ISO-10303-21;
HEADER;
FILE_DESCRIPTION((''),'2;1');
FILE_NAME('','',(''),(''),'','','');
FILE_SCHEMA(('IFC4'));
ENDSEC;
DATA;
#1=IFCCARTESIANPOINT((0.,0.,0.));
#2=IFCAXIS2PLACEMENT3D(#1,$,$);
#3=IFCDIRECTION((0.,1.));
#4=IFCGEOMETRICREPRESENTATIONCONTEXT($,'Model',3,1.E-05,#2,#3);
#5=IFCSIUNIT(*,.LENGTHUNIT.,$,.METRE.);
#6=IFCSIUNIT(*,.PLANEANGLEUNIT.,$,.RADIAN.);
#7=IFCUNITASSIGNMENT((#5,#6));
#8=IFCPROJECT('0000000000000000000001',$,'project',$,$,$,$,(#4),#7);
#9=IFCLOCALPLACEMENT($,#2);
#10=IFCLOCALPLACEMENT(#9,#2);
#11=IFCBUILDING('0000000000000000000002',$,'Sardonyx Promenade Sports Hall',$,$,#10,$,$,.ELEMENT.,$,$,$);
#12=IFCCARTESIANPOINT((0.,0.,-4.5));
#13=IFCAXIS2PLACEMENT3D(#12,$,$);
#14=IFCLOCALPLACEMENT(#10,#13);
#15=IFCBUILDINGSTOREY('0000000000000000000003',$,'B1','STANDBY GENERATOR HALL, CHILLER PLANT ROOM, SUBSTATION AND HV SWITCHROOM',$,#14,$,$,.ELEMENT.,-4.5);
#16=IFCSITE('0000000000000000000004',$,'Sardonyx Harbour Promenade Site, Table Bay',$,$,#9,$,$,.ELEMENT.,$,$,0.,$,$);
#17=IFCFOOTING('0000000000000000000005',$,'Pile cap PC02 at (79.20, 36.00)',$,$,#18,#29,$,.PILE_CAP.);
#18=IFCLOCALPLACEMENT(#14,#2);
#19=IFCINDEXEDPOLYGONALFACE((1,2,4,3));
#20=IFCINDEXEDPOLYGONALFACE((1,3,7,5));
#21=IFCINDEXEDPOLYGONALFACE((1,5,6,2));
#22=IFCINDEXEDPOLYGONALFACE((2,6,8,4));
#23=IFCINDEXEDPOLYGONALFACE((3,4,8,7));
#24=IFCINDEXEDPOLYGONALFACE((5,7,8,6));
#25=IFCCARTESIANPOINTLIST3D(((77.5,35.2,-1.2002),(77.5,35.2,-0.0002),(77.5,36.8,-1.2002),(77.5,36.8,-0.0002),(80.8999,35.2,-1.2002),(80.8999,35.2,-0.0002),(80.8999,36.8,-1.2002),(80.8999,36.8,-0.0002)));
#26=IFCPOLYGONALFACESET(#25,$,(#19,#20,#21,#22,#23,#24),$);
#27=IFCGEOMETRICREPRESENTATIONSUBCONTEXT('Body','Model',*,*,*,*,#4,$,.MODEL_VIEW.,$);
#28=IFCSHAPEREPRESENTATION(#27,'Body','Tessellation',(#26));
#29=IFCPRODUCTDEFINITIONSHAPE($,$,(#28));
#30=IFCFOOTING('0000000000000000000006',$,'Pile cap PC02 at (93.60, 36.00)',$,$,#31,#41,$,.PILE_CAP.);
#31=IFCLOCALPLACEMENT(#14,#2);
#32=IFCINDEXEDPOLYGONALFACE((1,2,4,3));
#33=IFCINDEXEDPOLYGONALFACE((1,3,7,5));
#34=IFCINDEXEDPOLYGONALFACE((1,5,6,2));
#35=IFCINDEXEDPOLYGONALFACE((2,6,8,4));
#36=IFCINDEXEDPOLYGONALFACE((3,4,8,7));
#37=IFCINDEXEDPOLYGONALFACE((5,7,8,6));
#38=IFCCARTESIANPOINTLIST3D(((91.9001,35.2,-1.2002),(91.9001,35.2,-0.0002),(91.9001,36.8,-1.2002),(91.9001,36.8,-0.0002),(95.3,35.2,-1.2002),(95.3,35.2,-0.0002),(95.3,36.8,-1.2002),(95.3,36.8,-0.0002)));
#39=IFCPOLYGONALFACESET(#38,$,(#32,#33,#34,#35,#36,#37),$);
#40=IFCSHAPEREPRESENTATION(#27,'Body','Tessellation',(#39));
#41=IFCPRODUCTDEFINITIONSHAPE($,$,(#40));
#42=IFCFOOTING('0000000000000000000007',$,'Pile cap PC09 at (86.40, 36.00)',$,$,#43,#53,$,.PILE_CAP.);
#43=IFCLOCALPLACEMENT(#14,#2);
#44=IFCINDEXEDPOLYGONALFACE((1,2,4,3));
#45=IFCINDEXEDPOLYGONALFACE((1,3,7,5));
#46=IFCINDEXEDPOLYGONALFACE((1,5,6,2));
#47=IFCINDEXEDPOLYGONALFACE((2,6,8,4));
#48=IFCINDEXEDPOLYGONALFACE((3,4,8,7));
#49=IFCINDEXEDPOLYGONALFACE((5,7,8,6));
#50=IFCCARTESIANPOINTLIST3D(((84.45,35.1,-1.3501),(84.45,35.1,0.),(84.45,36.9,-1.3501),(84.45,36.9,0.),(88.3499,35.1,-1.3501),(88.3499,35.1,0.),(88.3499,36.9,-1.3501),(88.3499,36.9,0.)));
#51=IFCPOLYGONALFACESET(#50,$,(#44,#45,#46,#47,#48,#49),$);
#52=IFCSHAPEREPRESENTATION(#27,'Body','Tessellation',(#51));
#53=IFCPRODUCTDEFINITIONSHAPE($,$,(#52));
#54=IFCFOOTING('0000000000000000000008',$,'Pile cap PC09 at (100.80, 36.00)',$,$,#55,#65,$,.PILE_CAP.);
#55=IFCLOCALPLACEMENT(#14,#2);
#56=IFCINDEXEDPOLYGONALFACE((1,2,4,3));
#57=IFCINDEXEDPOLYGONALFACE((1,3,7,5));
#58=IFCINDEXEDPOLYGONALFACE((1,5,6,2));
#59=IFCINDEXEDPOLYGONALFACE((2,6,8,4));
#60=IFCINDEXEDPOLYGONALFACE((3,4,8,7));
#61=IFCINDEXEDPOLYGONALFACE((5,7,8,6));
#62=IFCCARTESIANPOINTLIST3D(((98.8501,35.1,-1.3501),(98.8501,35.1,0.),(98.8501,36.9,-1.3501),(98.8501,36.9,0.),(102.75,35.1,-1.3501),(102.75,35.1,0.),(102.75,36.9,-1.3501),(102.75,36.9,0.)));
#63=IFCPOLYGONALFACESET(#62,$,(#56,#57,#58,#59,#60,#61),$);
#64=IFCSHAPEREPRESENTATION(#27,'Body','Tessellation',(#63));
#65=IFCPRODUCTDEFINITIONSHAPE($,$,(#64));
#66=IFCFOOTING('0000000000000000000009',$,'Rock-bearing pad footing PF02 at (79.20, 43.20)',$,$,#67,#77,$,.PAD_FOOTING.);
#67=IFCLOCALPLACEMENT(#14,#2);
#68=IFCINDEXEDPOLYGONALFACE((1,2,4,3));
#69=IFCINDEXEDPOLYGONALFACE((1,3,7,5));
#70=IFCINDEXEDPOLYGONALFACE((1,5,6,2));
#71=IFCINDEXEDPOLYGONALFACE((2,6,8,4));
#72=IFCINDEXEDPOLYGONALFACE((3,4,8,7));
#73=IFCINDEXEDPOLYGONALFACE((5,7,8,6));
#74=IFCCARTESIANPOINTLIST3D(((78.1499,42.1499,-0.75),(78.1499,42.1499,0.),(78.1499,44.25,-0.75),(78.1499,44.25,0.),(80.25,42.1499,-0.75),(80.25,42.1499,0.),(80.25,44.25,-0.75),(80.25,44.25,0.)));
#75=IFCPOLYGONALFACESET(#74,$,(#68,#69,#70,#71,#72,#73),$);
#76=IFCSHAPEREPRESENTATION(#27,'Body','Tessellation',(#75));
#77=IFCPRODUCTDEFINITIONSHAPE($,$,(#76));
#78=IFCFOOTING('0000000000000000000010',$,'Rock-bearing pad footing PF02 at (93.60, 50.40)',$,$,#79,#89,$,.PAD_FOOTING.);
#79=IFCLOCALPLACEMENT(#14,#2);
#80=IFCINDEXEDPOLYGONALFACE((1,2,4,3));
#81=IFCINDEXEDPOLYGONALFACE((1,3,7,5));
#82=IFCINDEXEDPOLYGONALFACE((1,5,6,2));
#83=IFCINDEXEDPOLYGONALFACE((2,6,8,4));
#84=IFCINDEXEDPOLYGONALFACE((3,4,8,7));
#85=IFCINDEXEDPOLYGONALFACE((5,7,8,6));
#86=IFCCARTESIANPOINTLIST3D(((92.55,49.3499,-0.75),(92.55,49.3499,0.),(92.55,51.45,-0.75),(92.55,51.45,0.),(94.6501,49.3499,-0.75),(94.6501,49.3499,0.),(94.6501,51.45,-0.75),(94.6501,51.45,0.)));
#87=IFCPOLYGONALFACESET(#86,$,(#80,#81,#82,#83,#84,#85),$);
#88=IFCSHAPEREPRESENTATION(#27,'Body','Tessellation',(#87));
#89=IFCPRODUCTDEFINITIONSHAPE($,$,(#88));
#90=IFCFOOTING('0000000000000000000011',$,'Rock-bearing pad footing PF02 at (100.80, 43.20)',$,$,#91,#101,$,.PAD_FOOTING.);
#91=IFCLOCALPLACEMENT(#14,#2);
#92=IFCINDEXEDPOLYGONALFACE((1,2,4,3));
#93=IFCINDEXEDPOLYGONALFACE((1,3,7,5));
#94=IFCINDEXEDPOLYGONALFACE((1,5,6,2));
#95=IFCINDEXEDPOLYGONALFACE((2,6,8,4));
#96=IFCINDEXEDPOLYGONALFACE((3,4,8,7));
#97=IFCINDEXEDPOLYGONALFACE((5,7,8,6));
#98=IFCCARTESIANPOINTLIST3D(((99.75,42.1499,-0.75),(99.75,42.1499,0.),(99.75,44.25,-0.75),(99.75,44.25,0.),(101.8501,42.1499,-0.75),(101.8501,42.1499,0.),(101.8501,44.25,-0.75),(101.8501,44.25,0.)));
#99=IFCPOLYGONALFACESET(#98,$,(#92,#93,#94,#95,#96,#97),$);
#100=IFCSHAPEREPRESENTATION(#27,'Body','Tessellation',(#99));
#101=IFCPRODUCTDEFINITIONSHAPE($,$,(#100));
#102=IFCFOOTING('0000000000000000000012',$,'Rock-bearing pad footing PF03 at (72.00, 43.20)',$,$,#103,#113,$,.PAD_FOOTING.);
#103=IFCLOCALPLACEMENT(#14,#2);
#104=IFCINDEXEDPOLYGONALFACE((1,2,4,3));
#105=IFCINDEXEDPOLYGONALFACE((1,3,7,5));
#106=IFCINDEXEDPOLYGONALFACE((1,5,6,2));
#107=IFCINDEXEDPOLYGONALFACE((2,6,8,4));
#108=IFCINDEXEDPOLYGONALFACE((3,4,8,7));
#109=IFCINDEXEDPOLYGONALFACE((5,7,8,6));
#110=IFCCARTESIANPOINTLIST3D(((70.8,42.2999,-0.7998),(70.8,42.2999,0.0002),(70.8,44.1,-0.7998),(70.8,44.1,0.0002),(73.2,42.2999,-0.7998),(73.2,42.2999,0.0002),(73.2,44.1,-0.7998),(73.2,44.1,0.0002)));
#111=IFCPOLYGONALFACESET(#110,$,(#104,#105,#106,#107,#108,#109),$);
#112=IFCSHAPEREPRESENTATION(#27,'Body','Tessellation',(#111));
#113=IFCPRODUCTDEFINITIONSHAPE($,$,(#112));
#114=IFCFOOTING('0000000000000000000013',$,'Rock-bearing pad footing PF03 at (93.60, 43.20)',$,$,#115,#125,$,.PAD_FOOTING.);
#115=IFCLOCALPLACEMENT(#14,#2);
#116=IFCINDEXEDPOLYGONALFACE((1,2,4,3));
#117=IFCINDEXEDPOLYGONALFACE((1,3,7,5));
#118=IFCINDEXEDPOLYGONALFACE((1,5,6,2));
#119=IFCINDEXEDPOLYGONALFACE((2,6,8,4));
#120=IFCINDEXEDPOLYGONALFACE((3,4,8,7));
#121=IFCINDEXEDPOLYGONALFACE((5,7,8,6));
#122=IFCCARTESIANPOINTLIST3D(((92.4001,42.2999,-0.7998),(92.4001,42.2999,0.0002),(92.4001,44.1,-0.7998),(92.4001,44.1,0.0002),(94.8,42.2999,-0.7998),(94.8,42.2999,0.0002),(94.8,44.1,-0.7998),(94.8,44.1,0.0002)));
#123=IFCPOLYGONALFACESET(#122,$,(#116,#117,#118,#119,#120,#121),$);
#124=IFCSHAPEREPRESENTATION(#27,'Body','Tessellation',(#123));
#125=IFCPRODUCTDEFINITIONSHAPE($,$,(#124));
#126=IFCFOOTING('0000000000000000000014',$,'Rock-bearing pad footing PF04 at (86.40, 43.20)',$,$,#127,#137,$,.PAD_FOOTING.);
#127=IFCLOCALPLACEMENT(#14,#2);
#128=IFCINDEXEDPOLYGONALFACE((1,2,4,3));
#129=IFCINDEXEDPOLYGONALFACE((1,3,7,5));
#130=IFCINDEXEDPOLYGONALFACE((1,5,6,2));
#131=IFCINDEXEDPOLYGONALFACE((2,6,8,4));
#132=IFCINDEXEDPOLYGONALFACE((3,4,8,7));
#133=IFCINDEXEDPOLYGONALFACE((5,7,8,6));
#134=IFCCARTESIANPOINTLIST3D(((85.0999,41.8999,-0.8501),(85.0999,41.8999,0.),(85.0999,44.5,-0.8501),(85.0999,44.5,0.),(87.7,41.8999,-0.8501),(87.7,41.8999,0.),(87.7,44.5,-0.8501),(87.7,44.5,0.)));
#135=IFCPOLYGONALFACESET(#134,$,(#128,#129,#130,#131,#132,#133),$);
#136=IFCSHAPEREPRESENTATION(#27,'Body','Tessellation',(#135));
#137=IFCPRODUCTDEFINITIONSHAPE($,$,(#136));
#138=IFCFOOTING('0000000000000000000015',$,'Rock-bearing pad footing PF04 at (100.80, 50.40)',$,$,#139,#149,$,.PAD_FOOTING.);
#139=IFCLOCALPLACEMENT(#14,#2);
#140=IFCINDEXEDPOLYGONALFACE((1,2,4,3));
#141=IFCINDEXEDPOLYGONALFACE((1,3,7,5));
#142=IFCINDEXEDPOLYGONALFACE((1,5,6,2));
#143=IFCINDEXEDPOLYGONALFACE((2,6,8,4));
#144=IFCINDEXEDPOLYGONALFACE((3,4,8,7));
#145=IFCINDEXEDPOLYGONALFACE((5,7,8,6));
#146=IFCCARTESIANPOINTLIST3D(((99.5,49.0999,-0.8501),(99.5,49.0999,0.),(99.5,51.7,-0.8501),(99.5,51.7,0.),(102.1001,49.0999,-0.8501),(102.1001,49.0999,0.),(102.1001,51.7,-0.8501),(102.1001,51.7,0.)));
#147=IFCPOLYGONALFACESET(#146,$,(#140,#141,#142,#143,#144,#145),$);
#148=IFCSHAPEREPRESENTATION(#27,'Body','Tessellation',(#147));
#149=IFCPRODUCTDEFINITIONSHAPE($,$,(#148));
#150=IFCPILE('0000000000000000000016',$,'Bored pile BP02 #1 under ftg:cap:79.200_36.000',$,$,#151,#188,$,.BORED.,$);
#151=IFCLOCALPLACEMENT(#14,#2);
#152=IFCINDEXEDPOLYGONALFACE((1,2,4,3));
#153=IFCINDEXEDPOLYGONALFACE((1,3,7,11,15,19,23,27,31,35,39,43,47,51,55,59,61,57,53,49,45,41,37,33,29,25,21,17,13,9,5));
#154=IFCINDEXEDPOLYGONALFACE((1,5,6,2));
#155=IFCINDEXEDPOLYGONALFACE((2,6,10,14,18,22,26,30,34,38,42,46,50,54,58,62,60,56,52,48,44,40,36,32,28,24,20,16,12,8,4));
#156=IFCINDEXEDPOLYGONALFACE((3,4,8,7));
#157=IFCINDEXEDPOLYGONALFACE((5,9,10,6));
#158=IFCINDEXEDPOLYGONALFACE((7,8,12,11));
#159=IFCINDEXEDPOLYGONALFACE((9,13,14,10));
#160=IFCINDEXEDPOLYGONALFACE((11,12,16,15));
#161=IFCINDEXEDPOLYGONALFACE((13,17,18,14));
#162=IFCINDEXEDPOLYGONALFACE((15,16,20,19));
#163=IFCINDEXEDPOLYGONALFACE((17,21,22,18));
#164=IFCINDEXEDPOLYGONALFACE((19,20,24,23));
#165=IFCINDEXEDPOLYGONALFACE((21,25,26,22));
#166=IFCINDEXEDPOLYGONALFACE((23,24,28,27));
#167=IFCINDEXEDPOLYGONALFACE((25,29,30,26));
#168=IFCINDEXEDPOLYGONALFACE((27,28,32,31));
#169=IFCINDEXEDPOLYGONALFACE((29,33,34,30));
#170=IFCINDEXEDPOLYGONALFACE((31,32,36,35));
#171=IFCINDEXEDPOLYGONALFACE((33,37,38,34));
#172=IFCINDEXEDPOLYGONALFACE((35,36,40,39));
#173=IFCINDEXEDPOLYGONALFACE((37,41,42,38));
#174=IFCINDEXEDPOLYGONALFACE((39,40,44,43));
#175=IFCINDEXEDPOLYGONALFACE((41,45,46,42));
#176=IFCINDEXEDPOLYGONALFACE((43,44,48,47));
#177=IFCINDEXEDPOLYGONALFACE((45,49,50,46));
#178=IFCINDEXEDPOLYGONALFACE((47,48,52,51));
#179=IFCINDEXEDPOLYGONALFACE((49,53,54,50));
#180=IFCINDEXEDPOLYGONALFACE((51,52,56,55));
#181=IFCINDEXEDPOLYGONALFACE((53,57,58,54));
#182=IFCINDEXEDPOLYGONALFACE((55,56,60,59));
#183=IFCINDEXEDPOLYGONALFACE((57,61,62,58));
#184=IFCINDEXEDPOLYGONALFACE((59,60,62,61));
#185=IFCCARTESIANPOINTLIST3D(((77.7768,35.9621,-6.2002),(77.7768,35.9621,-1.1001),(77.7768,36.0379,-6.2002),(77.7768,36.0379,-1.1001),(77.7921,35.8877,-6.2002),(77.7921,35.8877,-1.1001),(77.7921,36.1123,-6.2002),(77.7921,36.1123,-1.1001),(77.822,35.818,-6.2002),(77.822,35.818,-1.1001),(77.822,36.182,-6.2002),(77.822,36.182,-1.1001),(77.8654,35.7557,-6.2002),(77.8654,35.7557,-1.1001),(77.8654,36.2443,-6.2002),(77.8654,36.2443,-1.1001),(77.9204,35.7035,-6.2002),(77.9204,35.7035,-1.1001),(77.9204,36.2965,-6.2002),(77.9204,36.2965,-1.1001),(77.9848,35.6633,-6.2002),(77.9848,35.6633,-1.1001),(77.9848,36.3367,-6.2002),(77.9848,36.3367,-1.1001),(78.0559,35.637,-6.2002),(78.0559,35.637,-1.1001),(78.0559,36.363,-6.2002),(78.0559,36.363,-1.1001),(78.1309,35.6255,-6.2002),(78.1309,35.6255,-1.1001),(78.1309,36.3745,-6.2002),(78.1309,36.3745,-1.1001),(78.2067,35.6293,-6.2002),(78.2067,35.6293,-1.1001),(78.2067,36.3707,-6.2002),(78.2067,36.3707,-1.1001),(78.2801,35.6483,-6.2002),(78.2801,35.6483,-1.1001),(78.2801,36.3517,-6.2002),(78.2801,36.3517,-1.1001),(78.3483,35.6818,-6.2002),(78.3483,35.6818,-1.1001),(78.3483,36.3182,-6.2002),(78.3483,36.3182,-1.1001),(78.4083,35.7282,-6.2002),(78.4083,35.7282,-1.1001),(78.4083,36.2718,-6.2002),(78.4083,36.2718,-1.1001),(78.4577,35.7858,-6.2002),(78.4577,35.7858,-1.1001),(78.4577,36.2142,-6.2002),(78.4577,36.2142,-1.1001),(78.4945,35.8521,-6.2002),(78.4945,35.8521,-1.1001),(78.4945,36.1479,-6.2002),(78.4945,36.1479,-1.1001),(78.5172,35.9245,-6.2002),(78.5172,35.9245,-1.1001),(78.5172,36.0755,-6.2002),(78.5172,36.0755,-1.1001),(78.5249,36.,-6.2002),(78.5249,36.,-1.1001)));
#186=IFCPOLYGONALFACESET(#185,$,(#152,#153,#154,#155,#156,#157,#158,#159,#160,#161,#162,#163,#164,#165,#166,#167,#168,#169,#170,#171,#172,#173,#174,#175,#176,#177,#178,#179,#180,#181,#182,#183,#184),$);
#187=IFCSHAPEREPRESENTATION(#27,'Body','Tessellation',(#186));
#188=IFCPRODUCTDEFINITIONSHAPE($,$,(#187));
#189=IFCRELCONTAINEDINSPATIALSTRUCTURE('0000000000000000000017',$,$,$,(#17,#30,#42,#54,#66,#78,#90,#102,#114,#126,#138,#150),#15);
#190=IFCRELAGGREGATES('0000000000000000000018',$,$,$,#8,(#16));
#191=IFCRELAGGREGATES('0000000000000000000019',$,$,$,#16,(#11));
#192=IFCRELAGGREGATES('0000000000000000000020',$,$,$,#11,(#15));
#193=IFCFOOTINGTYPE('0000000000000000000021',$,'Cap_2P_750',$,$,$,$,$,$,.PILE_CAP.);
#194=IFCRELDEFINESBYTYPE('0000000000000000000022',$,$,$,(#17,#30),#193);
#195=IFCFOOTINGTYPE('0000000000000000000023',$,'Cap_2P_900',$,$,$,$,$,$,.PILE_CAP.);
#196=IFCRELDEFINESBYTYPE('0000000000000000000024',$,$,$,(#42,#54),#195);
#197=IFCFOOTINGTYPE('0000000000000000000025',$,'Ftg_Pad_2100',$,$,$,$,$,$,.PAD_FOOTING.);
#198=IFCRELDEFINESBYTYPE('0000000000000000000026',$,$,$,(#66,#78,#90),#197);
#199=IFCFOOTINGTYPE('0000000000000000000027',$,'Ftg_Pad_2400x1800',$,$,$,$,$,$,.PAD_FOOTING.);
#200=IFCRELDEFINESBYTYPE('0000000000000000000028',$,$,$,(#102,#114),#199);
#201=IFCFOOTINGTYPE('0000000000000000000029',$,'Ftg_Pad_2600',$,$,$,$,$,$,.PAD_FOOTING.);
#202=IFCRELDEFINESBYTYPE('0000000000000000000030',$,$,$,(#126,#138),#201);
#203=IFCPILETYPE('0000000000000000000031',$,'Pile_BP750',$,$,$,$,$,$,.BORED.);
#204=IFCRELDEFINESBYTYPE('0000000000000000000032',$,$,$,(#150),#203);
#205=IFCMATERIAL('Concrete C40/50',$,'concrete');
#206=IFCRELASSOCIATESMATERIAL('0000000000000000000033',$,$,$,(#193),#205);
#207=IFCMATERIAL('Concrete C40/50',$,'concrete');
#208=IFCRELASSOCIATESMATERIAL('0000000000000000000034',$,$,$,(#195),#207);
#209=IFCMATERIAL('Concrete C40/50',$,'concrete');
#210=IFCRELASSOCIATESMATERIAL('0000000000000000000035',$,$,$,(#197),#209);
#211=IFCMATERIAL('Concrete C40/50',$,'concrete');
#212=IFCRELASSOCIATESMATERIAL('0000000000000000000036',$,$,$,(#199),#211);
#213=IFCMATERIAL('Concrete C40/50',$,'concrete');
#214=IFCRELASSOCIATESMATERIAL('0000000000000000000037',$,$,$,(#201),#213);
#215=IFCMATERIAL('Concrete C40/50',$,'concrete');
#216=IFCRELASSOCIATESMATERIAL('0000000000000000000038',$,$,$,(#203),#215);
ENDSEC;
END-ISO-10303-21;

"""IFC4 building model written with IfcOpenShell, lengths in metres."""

from ifc_helpers import new_model, si_unit, direction, frame, origin, origin_2d, place, context, subcontext, project, spatial, rectangle, circle, extrude, material, material_profile, profile_set, type_object, element, save


model = new_model("IFC4")

# Units and contexts
model_context = context("Model", 3, precision=1e-05, world=origin(), true_north=direction((0.0, 1.0)))
body_context = subcontext(model_context, "Body", "Model", "MODEL_VIEW")
ifc_project = project(units=[si_unit("LENGTHUNIT", "METRE"), si_unit("PLANEANGLEUNIT", "RADIAN")], contexts=[model_context])

# Site, building, storey
site_placement = place(None, origin())
site = spatial("IfcSite", under=ifc_project, at=site_placement, Name="Sardonyx Harbour Promenade Site, Table Bay", CompositionType="ELEMENT", RefElevation=0.0)
building_placement = place(site_placement, origin())
building = spatial("IfcBuilding", under=site, at=building_placement, Name="Sardonyx Promenade Sports Hall", CompositionType="ELEMENT")
storey_placement = place(building_placement, frame((0.0, 0.0, -4.5)))
storey = spatial("IfcBuildingStorey", under=building, at=storey_placement, Name="B1", Description="STANDBY GENERATOR HALL, CHILLER PLANT ROOM, SUBSTATION AND HV SWITCHROOM", CompositionType="ELEMENT", Elevation=-4.5)

# Footings
ifc_material_1 = material(Name="Concrete C40/50", Category="concrete")
footing_type_1 = type_object("IfcFootingType", Name="Cap_2P_750", PredefinedType="PILE_CAP", material=ifc_material_1)
for number, where, z_axis, x_axis, name in (
    (1, (79.2, 36.0, -1.2002), (0.0, 0.0, 1.0), (1.0, 0.0, 0.0), "Pile cap PC02 at (79.20, 36.00)"),
    (2, (93.6001, 36.0, -1.2002), (0.0, 0.0, 1.0), (1.0, 0.0, 0.0), "Pile cap PC02 at (93.60, 36.00)"),
):
    element("IfcFooting", number, at=place(storey_placement, frame(where, z_axis=z_axis, x_axis=x_axis)), inside=storey, type_object=footing_type_1, Name=name, PredefinedType="PILE_CAP", context=body_context, shape_type="SweptSolid", body=[
        extrude(rectangle(XDim=3.3999, YDim=1.6001, at=origin_2d()), origin(), (0.0, 0.0, 1.0), 1.2),
    ])
ifc_material_2 = material(Name="Concrete C40/50", Category="concrete")
footing_type_2 = type_object("IfcFootingType", Name="Cap_2P_900", PredefinedType="PILE_CAP", material=ifc_material_2)
for number, where, z_axis, x_axis, name in (
    (3, (86.3999, 36.0, -1.3501), (0.0, 0.0, 1.0), (1.0, 0.0, 0.0), "Pile cap PC09 at (86.40, 36.00)"),
    (4, (100.8, 36.0, -1.3501), (0.0, 0.0, 1.0), (1.0, 0.0, 0.0), "Pile cap PC09 at (100.80, 36.00)"),
):
    element("IfcFooting", number, at=place(storey_placement, frame(where, z_axis=z_axis, x_axis=x_axis)), inside=storey, type_object=footing_type_2, Name=name, PredefinedType="PILE_CAP", context=body_context, shape_type="SweptSolid", body=[
        extrude(rectangle(XDim=3.8999, YDim=1.8, at=origin_2d()), origin(), (0.0, 0.0, 1.0), 1.3501),
    ])
ifc_material_3 = material(Name="Concrete C40/50", Category="concrete")
footing_type_3 = type_object("IfcFootingType", Name="Ftg_Pad_2100", PredefinedType="PAD_FOOTING", material=ifc_material_3)
for number, where, z_axis, x_axis, name in (
    (5, (79.2, 43.2, -0.75), (0.0, 0.0, 1.0), (1.0, 0.0, 0.0), "Rock-bearing pad footing PF02 at (79.20, 43.20)"),
    (6, (93.6001, 50.3999, -0.75), (0.0, 0.0, 1.0), (1.0, 0.0, 0.0), "Rock-bearing pad footing PF02 at (93.60, 50.40)"),
    (7, (100.8, 43.2, -0.75), (0.0, 0.0, 1.0), (1.0, 0.0, 0.0), "Rock-bearing pad footing PF02 at (100.80, 43.20)"),
):
    element("IfcFooting", number, at=place(storey_placement, frame(where, z_axis=z_axis, x_axis=x_axis)), inside=storey, type_object=footing_type_3, Name=name, PredefinedType="PAD_FOOTING", context=body_context, shape_type="SweptSolid", body=[
        extrude(rectangle(XDim=2.1001, YDim=2.1001, at=origin_2d()), origin(), (0.0, 0.0, 1.0), 0.75),
    ])
ifc_material_4 = material(Name="Concrete C40/50", Category="concrete")
footing_type_4 = type_object("IfcFootingType", Name="Ftg_Pad_2400x1800", PredefinedType="PAD_FOOTING", material=ifc_material_4)
for number, where, z_axis, x_axis, name in (
    (8, (72.0, 43.2, -0.7998), (0.0, 0.0, 1.0), (1.0, 0.0, 0.0), "Rock-bearing pad footing PF03 at (72.00, 43.20)"),
    (9, (93.6001, 43.2, -0.7998), (0.0, 0.0, 1.0), (1.0, 0.0, 0.0), "Rock-bearing pad footing PF03 at (93.60, 43.20)"),
):
    element("IfcFooting", number, at=place(storey_placement, frame(where, z_axis=z_axis, x_axis=x_axis)), inside=storey, type_object=footing_type_4, Name=name, PredefinedType="PAD_FOOTING", context=body_context, shape_type="SweptSolid", body=[
        extrude(rectangle(XDim=2.3999, YDim=1.8, at=origin_2d()), origin(), (0.0, 0.0, 1.0), 0.8),
    ])
ifc_material_5 = material(Name="Concrete C40/50", Category="concrete")
footing_type_5 = type_object("IfcFootingType", Name="Ftg_Pad_2600", PredefinedType="PAD_FOOTING", material=ifc_material_5)
for number, where, z_axis, x_axis, name in (
    (10, (86.3999, 43.2, -0.8501), (0.0, 0.0, 1.0), (1.0, 0.0, 0.0), "Rock-bearing pad footing PF04 at (86.40, 43.20)"),
    (11, (100.8, 50.3999, -0.8501), (0.0, 0.0, 1.0), (1.0, 0.0, 0.0), "Rock-bearing pad footing PF04 at (100.80, 50.40)"),
):
    element("IfcFooting", number, at=place(storey_placement, frame(where, z_axis=z_axis, x_axis=x_axis)), inside=storey, type_object=footing_type_5, Name=name, PredefinedType="PAD_FOOTING", context=body_context, shape_type="SweptSolid", body=[
        extrude(rectangle(XDim=2.6001, YDim=2.6001, at=origin_2d()), origin(), (0.0, 0.0, 1.0), 0.8501),
    ])

# Pile
ifc_material_6 = material(Name="Concrete C40/50", Category="concrete")
ifc_material_profile_1 = material_profile(ifc_material_6, circle(Radius=0.375, at=origin_2d()))
ifc_profile_set_1 = profile_set([ifc_material_profile_1], Name="Concrete C40/50")
pile_type_1 = type_object("IfcPileType", Name="Pile_BP750", PredefinedType="BORED", material=ifc_profile_set_1)
for number, where, z_axis, x_axis, name in (
    (12, (78.1499, 36.0, -1.1001), (0.0, 0.0, -1.0), (1.0, 0.0, 0.0), "Bored pile BP02 #1 under ftg:cap:79.200_36.000"),
):
    element("IfcPile", number, at=place(storey_placement, frame(where, z_axis=z_axis, x_axis=x_axis)), inside=storey, type_object=pile_type_1, Name=name, PredefinedType="BORED", context=body_context, shape_type="SweptSolid", body=[
        extrude(circle(Radius=0.375, at=origin_2d()), origin(), (0.0, 0.0, 1.0), 5.1001),
    ])

save(model, "model.ifc")
